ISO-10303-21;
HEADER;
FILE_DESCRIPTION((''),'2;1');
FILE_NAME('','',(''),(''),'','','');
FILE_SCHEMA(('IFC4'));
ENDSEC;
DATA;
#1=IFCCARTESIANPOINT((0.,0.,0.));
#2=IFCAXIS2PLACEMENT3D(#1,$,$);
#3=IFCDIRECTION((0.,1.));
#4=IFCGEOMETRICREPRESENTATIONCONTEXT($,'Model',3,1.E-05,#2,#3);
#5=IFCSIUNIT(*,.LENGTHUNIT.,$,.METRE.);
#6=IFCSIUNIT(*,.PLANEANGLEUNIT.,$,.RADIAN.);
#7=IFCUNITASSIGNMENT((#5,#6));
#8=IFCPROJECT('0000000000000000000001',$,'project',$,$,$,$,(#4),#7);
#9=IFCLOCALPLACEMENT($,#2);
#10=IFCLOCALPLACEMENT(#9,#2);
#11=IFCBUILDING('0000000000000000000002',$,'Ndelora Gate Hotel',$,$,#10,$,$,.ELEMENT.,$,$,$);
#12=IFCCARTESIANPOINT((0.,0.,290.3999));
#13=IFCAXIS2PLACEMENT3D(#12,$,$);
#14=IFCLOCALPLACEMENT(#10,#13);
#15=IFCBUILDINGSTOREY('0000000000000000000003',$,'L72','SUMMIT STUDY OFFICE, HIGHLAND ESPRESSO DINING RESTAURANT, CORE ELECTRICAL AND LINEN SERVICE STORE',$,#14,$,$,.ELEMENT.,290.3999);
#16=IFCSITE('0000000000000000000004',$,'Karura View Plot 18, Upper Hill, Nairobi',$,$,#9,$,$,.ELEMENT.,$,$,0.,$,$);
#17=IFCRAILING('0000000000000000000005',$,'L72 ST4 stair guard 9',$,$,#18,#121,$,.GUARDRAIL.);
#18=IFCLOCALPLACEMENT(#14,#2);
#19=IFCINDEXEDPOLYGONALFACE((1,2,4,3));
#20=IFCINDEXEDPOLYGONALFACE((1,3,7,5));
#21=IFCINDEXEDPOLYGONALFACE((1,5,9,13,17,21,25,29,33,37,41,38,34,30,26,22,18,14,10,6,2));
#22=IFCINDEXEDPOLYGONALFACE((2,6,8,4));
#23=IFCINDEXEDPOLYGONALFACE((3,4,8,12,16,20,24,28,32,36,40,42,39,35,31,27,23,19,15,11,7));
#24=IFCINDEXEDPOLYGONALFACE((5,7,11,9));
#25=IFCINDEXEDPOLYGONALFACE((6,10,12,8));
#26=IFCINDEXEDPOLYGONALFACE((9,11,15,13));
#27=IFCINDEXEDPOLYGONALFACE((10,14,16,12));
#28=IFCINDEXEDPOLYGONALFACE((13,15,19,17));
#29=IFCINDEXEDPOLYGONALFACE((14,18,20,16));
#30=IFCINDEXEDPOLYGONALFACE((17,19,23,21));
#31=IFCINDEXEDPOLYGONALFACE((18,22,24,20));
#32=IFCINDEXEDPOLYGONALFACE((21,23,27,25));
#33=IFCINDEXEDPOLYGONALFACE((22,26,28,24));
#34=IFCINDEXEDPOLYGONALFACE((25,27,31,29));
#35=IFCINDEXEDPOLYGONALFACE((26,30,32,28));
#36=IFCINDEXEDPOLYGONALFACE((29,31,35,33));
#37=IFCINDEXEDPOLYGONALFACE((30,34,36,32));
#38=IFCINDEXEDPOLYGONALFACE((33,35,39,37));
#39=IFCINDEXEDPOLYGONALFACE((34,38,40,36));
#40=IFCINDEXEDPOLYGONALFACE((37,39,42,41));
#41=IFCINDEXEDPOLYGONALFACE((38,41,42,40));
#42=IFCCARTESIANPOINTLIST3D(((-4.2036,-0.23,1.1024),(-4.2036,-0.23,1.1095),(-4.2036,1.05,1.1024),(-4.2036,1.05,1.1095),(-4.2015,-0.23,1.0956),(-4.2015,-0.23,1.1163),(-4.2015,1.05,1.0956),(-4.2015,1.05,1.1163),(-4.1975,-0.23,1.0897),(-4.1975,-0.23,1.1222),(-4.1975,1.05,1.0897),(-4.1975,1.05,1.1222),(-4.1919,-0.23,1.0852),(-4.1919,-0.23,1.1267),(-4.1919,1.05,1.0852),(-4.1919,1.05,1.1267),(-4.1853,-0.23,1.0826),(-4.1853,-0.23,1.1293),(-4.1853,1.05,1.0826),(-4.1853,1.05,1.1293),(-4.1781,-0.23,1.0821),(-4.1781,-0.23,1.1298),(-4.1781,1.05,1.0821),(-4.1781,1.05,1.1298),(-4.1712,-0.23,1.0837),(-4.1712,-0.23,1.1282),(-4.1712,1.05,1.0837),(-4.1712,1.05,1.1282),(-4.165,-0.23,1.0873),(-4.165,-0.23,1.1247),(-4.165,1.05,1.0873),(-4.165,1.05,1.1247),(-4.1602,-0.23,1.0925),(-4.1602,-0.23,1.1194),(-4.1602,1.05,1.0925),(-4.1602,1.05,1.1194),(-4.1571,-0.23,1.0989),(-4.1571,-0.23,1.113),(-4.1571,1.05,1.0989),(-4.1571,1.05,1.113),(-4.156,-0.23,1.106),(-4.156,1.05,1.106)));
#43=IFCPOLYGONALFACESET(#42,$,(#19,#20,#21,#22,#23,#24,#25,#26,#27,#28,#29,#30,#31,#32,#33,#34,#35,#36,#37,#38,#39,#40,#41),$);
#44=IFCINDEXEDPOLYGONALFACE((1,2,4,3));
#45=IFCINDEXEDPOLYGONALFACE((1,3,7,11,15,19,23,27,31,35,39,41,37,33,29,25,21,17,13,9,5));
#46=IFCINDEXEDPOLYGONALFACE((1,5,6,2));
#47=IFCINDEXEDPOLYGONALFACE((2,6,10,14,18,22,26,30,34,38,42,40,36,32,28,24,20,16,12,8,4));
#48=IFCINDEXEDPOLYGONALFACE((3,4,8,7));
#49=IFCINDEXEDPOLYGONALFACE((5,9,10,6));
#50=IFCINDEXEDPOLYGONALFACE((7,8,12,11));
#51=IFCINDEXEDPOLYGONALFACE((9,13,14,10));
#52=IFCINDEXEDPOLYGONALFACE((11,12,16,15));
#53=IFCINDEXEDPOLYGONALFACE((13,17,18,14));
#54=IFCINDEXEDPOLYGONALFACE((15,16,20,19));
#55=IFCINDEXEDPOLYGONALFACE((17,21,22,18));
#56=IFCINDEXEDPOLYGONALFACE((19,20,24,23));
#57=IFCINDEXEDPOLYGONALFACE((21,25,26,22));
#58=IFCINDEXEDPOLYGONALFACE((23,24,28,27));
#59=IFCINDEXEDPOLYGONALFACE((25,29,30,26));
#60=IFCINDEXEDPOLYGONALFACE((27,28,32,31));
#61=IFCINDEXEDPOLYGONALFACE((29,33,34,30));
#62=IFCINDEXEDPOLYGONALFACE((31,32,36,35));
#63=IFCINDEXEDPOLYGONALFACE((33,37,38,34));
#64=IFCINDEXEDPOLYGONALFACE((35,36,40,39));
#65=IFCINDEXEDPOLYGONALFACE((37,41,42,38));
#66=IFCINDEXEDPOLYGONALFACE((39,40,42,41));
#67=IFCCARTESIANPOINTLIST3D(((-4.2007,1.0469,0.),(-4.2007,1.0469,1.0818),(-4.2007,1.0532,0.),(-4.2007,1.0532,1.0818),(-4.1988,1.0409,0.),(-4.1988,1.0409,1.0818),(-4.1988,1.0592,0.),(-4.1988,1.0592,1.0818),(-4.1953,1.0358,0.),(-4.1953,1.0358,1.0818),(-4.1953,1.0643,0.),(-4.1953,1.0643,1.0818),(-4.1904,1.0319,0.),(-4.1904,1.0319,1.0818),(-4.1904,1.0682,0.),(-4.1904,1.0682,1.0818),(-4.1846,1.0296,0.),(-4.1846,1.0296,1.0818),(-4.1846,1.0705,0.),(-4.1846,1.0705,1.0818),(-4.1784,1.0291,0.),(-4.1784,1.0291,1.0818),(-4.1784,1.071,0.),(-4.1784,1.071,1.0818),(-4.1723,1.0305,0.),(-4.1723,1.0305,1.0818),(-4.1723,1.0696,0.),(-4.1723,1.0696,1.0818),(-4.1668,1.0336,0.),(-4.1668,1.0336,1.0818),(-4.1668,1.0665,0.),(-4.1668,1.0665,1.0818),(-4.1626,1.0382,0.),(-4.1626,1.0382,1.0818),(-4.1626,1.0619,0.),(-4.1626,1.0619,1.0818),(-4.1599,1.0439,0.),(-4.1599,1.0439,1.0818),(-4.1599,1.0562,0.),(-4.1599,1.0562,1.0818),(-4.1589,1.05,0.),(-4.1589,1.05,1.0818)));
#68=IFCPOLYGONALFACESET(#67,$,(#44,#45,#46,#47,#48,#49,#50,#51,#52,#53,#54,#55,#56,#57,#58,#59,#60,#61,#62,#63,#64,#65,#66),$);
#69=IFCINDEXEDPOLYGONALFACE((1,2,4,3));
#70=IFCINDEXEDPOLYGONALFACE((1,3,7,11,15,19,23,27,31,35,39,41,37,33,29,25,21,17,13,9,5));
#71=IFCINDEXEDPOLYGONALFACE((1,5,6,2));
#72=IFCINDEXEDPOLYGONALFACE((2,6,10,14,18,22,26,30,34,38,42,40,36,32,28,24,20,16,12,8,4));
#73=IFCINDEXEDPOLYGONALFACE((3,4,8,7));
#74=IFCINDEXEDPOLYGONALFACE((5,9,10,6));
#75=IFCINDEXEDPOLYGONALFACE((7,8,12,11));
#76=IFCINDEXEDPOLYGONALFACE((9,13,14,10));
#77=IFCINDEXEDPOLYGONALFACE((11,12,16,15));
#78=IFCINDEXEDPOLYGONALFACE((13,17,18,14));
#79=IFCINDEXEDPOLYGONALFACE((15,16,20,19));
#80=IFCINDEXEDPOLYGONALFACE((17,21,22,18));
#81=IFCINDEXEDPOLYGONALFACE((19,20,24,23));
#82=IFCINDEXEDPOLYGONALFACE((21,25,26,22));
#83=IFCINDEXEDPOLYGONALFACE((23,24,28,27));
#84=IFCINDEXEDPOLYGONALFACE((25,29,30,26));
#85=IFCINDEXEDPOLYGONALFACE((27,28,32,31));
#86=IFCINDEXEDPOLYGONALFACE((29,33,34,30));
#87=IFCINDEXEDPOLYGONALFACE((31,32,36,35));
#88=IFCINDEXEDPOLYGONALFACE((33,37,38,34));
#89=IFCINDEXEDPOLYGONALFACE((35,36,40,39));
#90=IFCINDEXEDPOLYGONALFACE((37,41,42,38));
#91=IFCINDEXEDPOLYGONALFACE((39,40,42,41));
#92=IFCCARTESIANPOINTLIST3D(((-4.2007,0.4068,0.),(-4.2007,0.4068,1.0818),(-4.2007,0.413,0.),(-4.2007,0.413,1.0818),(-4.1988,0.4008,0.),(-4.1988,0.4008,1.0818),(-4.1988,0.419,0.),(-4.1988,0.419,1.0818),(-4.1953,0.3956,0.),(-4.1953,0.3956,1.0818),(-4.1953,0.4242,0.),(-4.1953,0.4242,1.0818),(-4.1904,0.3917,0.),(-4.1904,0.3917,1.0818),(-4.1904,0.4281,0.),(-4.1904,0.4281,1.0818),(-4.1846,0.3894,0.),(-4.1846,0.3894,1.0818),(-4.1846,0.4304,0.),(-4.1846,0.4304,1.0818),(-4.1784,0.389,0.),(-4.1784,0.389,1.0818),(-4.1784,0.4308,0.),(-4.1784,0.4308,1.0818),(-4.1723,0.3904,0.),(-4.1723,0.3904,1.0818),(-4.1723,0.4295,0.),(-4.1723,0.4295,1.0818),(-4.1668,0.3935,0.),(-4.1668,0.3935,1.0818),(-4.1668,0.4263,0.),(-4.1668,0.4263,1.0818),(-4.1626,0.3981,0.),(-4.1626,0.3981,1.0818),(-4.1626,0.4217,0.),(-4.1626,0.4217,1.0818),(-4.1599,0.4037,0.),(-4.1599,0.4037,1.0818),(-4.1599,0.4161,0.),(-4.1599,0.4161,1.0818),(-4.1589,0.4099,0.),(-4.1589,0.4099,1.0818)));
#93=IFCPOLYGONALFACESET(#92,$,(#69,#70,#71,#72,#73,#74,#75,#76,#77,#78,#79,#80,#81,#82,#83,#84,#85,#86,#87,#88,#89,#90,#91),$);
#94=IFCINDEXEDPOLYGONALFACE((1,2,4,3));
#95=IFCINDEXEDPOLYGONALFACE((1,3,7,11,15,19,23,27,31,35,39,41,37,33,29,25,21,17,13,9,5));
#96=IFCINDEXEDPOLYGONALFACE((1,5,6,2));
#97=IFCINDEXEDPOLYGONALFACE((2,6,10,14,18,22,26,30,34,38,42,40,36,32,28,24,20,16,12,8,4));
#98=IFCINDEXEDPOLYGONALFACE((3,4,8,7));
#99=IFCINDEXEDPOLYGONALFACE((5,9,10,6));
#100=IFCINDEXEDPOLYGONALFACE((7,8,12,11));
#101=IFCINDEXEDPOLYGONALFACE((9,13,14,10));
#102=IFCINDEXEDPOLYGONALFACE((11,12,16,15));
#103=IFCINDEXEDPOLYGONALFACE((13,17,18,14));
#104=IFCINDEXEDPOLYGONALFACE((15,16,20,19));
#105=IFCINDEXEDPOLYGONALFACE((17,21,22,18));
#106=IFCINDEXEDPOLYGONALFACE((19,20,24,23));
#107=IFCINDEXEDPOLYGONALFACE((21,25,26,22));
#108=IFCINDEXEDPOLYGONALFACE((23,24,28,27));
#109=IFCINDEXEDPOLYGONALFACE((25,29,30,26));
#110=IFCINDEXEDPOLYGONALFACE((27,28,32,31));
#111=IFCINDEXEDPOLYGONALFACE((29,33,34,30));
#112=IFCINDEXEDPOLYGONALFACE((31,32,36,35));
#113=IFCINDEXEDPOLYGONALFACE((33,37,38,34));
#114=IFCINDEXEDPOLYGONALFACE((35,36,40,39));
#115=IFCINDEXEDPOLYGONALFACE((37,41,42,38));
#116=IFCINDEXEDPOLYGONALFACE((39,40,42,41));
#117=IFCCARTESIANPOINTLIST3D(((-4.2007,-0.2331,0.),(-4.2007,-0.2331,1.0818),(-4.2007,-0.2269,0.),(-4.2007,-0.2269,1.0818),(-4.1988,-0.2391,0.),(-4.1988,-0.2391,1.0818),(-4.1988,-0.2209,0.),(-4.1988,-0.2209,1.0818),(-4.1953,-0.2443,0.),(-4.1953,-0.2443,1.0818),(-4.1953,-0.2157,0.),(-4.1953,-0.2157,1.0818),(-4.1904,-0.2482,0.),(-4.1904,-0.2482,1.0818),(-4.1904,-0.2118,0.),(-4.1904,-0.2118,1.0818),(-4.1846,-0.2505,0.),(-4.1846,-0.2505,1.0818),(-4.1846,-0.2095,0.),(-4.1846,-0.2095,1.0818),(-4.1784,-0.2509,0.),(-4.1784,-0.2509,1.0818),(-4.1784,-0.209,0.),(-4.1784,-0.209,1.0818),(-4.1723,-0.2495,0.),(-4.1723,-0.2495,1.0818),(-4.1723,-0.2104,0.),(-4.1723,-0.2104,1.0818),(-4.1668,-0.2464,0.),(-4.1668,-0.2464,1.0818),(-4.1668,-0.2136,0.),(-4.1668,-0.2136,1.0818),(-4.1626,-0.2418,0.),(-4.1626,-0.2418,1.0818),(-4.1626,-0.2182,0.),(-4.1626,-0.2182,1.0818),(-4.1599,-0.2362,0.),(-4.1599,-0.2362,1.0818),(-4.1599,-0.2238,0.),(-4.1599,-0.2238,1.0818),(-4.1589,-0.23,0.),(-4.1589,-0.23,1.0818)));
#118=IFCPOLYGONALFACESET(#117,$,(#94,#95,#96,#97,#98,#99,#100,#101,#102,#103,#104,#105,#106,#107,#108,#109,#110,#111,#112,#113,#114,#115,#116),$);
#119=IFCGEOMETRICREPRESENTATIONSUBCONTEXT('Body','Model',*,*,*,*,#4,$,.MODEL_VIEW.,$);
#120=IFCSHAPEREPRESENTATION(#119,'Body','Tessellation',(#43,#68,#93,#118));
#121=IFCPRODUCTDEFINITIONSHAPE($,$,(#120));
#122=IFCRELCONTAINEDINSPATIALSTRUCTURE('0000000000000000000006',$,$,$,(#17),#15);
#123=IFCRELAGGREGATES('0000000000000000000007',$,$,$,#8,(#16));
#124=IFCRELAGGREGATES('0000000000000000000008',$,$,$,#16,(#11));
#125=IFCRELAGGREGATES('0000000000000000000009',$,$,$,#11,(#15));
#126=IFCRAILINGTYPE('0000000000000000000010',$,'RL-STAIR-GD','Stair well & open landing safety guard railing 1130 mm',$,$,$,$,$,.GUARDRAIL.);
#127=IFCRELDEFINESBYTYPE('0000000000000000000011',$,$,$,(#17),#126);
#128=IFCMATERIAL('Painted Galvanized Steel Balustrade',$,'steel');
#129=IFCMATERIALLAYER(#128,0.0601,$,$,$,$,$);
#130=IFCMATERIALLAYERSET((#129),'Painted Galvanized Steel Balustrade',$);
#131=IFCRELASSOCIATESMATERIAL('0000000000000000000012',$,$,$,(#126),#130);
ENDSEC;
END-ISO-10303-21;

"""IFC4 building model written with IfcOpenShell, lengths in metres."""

from ifc_helpers import new_model, si_unit, direction, frame, origin, origin_2d, place, context, subcontext, project, spatial, circle, extrude, material, layer, layer_set, type_object, element, save


model = new_model("IFC4")

# Units and contexts
model_context = context("Model", 3, precision=1e-05, world=origin(), true_north=direction((0.0, 1.0)))
body_context = subcontext(model_context, "Body", "Model", "MODEL_VIEW")
ifc_project = project(units=[si_unit("LENGTHUNIT", "METRE"), si_unit("PLANEANGLEUNIT", "RADIAN")], contexts=[model_context])

# Site, building, storey
site_placement = place(None, origin())
site = spatial("IfcSite", under=ifc_project, at=site_placement, Name="Karura View Plot 18, Upper Hill, Nairobi", CompositionType="ELEMENT", RefElevation=0.0)
building_placement = place(site_placement, origin())
building = spatial("IfcBuilding", under=site, at=building_placement, Name="Ndelora Gate Hotel", CompositionType="ELEMENT")
storey_placement = place(building_placement, frame((0.0, 0.0, 290.3999)))
storey = spatial("IfcBuildingStorey", under=building, at=storey_placement, Name="L72", Description="SUMMIT STUDY OFFICE, HIGHLAND ESPRESSO DINING RESTAURANT, CORE ELECTRICAL AND LINEN SERVICE STORE", CompositionType="ELEMENT", Elevation=290.3999)

# Railing
ifc_material_1 = material(Name="Painted Galvanized Steel Balustrade", Category="steel")
ifc_layer_1 = layer(ifc_material_1, 0.0601)
ifc_layer_set_1 = layer_set([ifc_layer_1], Name="Painted Galvanized Steel Balustrade")
railing_type = type_object("IfcRailingType", Name="RL-STAIR-GD", Description="Stair well & open landing safety guard railing 1130 mm", PredefinedType="GUARDRAIL", material=ifc_layer_set_1)
for number, where, name in (
    (1, (-4.1799, 1.05, 0.0), "L72 ST4 stair guard 9"),
):
    element("IfcRailing", number, at=place(storey_placement, frame(where)), inside=storey, type_object=railing_type, Name=name, PredefinedType="GUARDRAIL", context=body_context, shape_type="SweptSolid", body=[
        extrude(circle(Radius=0.0239, at=origin_2d()), frame((0.0, 0.0, 1.106), z_axis=(0.0, -1.0, 0.0), x_axis=(1.0, 0.0, 0.0)), (0.0, 0.0, 1.0), 1.28),
        extrude(circle(Radius=0.021, at=origin_2d()), origin(), (0.0, 0.0, 1.0), 1.0818),
        extrude(circle(Radius=0.021, at=origin_2d()), frame((0.0, -0.6401, 0.0)), (0.0, 0.0, 1.0), 1.0818),
        extrude(circle(Radius=0.021, at=origin_2d()), frame((0.0, -1.28, 0.0)), (0.0, 0.0, 1.0), 1.0818),
    ])

save(model, "model.ifc")
